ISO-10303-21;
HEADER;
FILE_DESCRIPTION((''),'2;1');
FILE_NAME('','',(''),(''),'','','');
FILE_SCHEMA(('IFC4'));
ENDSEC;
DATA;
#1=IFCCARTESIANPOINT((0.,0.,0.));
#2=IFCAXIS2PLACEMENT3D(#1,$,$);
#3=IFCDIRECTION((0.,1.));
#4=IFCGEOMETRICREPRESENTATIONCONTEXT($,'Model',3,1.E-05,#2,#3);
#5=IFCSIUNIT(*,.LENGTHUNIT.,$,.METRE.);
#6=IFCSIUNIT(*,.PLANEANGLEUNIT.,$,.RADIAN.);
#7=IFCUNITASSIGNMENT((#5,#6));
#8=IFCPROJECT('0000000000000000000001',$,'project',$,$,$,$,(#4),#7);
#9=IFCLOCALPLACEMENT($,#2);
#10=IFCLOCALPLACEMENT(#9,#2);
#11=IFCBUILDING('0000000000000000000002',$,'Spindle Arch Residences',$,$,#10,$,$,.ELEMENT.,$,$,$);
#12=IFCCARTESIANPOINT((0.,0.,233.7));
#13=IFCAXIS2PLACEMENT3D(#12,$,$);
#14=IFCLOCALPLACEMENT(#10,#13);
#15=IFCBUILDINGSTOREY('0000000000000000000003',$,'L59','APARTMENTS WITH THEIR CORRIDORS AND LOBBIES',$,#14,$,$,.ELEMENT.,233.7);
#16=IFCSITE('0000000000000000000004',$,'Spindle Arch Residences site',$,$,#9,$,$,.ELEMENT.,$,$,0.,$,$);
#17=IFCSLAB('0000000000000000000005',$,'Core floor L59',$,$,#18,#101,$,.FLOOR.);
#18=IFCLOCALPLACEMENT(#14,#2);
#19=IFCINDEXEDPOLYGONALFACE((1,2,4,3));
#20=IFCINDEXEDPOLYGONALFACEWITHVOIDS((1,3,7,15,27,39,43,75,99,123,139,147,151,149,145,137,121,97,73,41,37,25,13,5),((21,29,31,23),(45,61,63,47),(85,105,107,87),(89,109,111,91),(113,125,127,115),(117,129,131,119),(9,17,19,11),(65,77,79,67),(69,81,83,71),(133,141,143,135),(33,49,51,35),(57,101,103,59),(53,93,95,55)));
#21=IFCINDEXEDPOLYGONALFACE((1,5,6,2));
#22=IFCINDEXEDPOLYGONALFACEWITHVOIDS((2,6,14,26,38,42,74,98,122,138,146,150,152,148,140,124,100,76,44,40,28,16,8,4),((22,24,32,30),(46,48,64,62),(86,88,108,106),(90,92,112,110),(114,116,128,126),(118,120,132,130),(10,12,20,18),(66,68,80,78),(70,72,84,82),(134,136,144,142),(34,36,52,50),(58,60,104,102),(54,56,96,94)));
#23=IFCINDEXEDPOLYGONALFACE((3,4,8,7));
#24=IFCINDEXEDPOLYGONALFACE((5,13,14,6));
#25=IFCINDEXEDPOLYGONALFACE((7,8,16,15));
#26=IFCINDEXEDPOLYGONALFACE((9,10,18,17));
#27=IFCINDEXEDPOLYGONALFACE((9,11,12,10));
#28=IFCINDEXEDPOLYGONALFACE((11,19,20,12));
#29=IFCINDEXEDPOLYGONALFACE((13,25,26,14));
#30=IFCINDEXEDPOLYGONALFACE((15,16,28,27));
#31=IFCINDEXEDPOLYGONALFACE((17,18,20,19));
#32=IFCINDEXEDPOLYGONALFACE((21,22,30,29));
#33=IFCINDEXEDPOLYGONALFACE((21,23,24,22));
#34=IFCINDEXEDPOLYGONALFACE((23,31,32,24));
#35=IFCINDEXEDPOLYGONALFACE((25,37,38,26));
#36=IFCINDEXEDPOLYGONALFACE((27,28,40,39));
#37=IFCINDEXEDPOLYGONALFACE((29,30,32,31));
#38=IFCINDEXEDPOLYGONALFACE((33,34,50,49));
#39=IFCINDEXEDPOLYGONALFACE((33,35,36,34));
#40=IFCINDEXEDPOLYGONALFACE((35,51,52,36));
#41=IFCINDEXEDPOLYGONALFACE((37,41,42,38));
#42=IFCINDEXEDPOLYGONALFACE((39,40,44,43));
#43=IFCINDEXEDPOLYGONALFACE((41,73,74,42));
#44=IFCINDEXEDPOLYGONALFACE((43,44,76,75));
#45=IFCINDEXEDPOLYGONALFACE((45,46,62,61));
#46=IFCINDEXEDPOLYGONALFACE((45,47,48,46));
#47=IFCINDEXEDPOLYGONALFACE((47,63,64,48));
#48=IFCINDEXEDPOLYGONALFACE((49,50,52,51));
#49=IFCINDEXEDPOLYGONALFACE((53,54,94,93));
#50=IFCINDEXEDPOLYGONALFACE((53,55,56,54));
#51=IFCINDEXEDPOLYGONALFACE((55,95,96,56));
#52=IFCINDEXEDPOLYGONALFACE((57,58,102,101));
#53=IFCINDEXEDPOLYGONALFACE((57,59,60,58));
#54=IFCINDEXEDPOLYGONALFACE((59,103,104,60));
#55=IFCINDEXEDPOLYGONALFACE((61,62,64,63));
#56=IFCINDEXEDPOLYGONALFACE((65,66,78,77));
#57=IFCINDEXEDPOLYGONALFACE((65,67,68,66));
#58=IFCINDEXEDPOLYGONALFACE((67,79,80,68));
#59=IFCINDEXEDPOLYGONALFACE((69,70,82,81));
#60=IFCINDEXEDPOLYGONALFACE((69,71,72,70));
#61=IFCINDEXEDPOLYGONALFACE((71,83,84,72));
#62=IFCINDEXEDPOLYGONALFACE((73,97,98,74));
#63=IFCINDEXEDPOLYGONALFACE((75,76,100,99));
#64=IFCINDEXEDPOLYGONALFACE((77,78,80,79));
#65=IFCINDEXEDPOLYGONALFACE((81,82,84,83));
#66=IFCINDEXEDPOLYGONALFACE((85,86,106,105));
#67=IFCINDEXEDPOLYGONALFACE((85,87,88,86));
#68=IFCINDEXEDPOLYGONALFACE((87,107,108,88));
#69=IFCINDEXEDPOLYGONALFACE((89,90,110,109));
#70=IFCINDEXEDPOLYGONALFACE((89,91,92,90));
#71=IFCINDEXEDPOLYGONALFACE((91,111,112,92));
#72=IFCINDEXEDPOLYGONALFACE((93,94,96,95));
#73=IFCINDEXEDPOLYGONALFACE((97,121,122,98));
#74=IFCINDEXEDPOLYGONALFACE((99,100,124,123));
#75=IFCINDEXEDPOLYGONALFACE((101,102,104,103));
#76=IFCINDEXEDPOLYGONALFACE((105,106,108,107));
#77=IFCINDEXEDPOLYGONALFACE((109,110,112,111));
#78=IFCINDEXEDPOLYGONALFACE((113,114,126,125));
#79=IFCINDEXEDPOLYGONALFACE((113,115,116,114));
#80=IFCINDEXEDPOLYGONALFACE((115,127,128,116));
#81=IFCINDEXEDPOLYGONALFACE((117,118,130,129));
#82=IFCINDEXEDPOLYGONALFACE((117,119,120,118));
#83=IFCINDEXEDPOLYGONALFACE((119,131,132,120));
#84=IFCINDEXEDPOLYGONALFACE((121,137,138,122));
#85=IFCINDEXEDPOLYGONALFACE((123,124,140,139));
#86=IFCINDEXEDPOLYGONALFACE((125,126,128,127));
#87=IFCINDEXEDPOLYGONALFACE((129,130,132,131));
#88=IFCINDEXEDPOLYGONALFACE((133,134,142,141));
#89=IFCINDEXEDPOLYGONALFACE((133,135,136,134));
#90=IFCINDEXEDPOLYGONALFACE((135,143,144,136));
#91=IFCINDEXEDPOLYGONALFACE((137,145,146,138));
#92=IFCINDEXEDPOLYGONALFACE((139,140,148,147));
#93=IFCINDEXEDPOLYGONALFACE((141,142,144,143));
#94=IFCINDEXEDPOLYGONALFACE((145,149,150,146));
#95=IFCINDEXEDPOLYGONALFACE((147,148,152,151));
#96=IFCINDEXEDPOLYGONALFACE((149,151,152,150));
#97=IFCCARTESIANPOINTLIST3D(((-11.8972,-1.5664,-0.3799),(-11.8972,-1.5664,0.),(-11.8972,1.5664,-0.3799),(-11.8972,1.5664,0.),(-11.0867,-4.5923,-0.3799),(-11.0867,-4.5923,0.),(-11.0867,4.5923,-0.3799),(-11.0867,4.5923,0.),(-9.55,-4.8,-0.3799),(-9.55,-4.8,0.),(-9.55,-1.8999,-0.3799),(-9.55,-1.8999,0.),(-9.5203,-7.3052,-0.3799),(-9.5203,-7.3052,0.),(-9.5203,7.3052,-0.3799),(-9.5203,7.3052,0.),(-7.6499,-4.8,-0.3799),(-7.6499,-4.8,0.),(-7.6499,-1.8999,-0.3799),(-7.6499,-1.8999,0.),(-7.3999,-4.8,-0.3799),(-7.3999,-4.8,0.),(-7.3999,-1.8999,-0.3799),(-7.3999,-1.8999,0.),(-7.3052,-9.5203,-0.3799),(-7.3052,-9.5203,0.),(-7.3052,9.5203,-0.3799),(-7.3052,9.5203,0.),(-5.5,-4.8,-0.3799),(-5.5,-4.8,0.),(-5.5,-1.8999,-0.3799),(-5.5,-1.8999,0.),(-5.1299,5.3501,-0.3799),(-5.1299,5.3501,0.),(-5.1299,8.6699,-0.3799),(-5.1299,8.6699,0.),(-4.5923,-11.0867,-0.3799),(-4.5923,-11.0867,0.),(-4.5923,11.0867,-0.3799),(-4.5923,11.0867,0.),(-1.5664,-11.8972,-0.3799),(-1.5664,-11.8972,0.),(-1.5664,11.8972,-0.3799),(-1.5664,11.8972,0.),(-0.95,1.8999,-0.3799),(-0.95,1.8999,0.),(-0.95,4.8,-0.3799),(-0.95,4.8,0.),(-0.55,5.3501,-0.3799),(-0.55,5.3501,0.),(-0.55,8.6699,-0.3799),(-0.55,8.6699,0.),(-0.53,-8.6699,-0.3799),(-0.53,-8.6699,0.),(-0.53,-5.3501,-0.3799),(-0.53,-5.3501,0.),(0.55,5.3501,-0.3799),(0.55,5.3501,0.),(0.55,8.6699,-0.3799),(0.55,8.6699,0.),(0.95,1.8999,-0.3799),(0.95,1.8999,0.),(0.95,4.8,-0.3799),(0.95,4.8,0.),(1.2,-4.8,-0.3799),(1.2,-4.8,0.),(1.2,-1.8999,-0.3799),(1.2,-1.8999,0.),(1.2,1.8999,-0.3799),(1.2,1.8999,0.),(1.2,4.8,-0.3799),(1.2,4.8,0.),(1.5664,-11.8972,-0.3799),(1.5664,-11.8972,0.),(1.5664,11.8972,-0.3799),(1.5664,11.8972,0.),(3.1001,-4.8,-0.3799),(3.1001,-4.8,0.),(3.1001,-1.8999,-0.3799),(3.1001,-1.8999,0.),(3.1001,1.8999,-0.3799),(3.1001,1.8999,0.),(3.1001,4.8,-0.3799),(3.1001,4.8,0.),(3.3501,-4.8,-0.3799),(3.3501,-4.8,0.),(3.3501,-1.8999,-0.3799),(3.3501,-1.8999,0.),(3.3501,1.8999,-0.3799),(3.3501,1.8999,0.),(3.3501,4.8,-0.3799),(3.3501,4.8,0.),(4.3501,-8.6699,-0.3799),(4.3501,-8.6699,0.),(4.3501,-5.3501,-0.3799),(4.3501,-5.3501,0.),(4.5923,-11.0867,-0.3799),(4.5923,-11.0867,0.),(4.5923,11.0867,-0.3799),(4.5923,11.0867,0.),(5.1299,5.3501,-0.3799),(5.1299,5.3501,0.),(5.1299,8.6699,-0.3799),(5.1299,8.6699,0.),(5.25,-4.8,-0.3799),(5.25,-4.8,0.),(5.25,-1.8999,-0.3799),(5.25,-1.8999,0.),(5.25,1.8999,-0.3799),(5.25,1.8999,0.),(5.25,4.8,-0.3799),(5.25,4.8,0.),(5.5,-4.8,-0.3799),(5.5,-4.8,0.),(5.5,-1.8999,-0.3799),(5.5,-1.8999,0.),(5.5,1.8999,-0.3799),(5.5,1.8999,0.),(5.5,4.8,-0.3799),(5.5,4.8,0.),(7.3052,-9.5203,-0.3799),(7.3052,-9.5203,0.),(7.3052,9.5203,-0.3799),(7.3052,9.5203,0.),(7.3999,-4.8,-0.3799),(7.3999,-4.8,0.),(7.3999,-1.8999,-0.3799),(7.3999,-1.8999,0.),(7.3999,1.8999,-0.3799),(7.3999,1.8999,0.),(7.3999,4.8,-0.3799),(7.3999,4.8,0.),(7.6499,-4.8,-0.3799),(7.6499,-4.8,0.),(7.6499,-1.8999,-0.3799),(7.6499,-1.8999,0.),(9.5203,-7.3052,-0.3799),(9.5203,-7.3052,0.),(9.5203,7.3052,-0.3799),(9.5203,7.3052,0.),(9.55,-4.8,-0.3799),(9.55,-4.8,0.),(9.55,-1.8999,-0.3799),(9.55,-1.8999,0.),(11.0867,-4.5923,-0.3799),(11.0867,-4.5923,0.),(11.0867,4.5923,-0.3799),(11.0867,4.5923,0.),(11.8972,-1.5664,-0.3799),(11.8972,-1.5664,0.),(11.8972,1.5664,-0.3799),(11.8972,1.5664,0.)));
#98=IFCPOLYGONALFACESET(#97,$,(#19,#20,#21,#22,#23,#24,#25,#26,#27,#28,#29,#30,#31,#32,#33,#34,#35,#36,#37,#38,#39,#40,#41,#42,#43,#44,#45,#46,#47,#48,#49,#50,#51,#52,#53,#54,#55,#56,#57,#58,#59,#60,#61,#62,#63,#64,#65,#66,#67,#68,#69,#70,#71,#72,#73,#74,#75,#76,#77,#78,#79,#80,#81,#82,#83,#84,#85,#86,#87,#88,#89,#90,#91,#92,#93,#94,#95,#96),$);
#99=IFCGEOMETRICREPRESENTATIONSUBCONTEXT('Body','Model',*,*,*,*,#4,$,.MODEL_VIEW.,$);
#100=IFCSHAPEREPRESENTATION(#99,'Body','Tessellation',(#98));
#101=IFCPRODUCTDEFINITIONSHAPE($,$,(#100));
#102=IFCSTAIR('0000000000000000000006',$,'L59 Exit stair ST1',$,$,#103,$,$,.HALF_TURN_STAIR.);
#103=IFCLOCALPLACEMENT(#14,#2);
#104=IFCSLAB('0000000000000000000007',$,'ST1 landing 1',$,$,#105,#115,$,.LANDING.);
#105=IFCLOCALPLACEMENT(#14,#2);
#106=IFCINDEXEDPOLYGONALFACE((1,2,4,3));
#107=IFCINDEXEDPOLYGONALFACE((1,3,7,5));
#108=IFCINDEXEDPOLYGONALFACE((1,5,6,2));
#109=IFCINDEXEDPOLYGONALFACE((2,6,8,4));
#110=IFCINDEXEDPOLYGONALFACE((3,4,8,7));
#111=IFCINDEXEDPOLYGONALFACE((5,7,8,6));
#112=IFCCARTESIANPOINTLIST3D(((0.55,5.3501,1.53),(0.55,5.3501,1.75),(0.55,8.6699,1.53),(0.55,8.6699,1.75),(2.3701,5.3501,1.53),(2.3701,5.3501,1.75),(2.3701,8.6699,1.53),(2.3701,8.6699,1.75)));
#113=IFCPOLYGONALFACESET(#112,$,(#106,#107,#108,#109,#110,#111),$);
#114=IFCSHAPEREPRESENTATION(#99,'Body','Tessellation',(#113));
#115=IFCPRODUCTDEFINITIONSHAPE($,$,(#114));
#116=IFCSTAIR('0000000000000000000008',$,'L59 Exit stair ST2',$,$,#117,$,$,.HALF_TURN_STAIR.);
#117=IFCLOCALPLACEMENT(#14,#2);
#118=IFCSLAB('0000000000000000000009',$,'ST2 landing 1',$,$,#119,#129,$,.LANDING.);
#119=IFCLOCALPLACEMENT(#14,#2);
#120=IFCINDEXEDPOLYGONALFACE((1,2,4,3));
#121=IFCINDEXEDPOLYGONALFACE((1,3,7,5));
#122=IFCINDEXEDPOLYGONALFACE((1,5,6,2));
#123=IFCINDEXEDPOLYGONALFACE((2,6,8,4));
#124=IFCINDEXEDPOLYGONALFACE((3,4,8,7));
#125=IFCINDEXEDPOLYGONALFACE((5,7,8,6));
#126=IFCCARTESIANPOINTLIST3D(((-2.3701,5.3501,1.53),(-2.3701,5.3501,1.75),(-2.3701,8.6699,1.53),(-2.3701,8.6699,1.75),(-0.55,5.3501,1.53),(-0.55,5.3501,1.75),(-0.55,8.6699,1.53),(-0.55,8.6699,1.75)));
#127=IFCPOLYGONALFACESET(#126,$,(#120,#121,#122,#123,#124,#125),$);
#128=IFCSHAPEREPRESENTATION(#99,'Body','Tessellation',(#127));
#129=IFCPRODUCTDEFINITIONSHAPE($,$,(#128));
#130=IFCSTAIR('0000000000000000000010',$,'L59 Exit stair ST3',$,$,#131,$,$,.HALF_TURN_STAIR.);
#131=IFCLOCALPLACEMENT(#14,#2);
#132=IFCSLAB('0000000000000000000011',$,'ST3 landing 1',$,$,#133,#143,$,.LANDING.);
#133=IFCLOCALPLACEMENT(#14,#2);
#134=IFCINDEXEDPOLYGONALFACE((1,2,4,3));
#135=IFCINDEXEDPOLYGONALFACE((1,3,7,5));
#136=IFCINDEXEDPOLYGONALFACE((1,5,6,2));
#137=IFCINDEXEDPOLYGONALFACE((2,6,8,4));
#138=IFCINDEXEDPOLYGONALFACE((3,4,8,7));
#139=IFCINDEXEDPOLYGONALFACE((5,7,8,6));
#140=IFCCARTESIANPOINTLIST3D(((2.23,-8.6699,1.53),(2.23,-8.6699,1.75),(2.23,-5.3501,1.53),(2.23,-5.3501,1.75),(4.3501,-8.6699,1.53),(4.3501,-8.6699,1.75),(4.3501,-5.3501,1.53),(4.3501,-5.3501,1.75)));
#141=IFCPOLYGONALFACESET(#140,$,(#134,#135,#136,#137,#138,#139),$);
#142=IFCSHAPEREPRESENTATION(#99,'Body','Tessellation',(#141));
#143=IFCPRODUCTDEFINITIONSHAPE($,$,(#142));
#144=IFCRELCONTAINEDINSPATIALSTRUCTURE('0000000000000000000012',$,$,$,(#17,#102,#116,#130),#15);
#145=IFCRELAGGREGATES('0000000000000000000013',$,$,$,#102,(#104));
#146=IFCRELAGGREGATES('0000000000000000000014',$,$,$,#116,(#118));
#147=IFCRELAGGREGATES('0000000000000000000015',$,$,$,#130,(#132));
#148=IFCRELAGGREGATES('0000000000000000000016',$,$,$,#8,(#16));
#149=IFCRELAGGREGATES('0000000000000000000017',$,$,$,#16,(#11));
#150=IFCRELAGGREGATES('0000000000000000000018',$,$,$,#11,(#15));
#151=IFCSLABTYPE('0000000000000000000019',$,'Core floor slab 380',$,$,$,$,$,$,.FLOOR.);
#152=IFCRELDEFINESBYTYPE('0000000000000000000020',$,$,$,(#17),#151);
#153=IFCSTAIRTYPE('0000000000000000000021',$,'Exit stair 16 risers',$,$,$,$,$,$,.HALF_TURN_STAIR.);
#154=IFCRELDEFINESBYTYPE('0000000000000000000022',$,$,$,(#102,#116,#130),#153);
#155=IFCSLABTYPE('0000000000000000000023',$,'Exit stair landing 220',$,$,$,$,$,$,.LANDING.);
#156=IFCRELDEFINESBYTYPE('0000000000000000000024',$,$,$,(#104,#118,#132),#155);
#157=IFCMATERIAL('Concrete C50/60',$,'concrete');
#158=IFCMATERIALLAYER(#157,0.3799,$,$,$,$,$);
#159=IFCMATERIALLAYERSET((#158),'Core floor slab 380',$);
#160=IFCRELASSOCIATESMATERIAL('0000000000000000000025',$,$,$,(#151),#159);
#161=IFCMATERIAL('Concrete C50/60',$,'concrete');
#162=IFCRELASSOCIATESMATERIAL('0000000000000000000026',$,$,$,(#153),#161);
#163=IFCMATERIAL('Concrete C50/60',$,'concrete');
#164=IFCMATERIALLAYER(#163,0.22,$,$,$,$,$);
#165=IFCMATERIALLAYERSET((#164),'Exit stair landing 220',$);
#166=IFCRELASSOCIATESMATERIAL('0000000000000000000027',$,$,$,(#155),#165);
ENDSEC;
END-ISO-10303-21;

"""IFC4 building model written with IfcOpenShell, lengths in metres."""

from ifc_helpers import new_model, si_unit, direction, frame, origin, place, context, subcontext, project, spatial, polyline, outline, extrude, material, layer, layer_set, type_object, element, aggregate, save


model = new_model("IFC4")

# Units and contexts
model_context = context("Model", 3, precision=1e-05, world=origin(), true_north=direction((0.0, 1.0)))
body_context = subcontext(model_context, "Body", "Model", "MODEL_VIEW")
ifc_project = project(units=[si_unit("LENGTHUNIT", "METRE"), si_unit("PLANEANGLEUNIT", "RADIAN")], contexts=[model_context])

# Site, building, storey
site_placement = place(None, origin())
site = spatial("IfcSite", under=ifc_project, at=site_placement, Name="Spindle Arch Residences site", CompositionType="ELEMENT", RefElevation=0.0)
building_placement = place(site_placement, origin())
building = spatial("IfcBuilding", under=site, at=building_placement, Name="Spindle Arch Residences", CompositionType="ELEMENT")
storey_placement = place(building_placement, frame((0.0, 0.0, 233.7)))
storey = spatial("IfcBuildingStorey", under=building, at=storey_placement, Name="L59", Description="APARTMENTS WITH THEIR CORRIDORS AND LOBBIES", CompositionType="ELEMENT", Elevation=233.7)

# Slab
ifc_material_1 = material(Name="Concrete C50/60", Category="concrete")
ifc_layer_1 = layer(ifc_material_1, 0.3799)
ifc_layer_set_1 = layer_set([ifc_layer_1], Name="Core floor slab 380")
slab_type_1 = type_object("IfcSlabType", Name="Core floor slab 380", PredefinedType="FLOOR", material=ifc_layer_set_1)
slab_1_placement = place(storey_placement, frame((0.0, 0.0, -0.3799)))
element("IfcSlab", 1, at=slab_1_placement, inside=storey, type_object=slab_type_1, Name="Core floor L59", PredefinedType="FLOOR", context=body_context, shape_type="SweptSolid", body=[
    extrude(outline(polyline([(1.5664, -11.8972), (4.5923, -11.0867), (7.3052, -9.5203), (9.5203, -7.3052), (11.0867, -4.5923), (11.8972, -1.5664), (11.8972, 1.5664), (11.0867, 4.5923), (9.5203, 7.3052), (7.3052, 9.5203), (4.5923, 11.0867), (1.5664, 11.8972), (-1.5664, 11.8972), (-4.5923, 11.0867), (-7.3052, 9.5203), (-9.5203, 7.3052), (-11.0867, 4.5923), (-11.8972, 1.5664), (-11.8972, -1.5664), (-11.0867, -4.5923), (-9.5203, -7.3052), (-7.3052, -9.5203), (-4.5923, -11.0867), (-1.5664, -11.8972), (1.5664, -11.8972)]), holes=[polyline([(-0.95, 1.8999), (0.95, 1.8999), (0.95, 4.8), (-0.95, 4.8), (-0.95, 1.8999)]), polyline([(1.2, 1.8999), (3.1001, 1.8999), (3.1001, 4.8), (1.2, 4.8), (1.2, 1.8999)]), polyline([(3.3501, 1.8999), (5.25, 1.8999), (5.25, 4.8), (3.3501, 4.8), (3.3501, 1.8999)]), polyline([(5.5, 1.8999), (7.3999, 1.8999), (7.3999, 4.8), (5.5, 4.8), (5.5, 1.8999)]), polyline([(-9.55, -4.8), (-7.6499, -4.8), (-7.6499, -1.8999), (-9.55, -1.8999), (-9.55, -4.8)]), polyline([(-7.3999, -4.8), (-5.5, -4.8), (-5.5, -1.8999), (-7.3999, -1.8999), (-7.3999, -4.8)]), polyline([(1.2, -4.8), (3.1001, -4.8), (3.1001, -1.8999), (1.2, -1.8999), (1.2, -4.8)]), polyline([(3.3501, -4.8), (5.25, -4.8), (5.25, -1.8999), (3.3501, -1.8999), (3.3501, -4.8)]), polyline([(5.5, -4.8), (7.3999, -4.8), (7.3999, -1.8999), (5.5, -1.8999), (5.5, -4.8)]), polyline([(7.6499, -4.8), (9.55, -4.8), (9.55, -1.8999), (7.6499, -1.8999), (7.6499, -4.8)]), polyline([(5.1299, 8.6699), (0.55, 8.6699), (0.55, 5.3501), (5.1299, 5.3501), (5.1299, 8.6699)]), polyline([(-5.1299, 5.3501), (-0.55, 5.3501), (-0.55, 8.6699), (-5.1299, 8.6699), (-5.1299, 5.3501)]), polyline([(-0.53, -8.6699), (4.3501, -8.6699), (4.3501, -5.3501), (-0.53, -5.3501), (-0.53, -8.6699)])]), origin(), (0.0, 0.0, 1.0), 0.3799),
])

# Stairs, slabs
ifc_material_2 = material(Name="Concrete C50/60", Category="concrete")
stair_type = type_object("IfcStairType", Name="Exit stair 16 risers", PredefinedType="HALF_TURN_STAIR", material=ifc_material_2)
stair_1_placement = place(storey_placement, origin())
stair_1 = element("IfcStair", 2, at=stair_1_placement, inside=storey, type_object=stair_type, Name="L59 Exit stair ST1", PredefinedType="HALF_TURN_STAIR")
ifc_material_3 = material(Name="Concrete C50/60", Category="concrete")
ifc_layer_2 = layer(ifc_material_3, 0.22)
ifc_layer_set_2 = layer_set([ifc_layer_2], Name="Exit stair landing 220")
slab_type_2 = type_object("IfcSlabType", Name="Exit stair landing 220", PredefinedType="LANDING", material=ifc_layer_set_2)
slab_2_placement = place(storey_placement, frame((0.0, 0.0, 1.53)))
slab_2 = element("IfcSlab", 3, at=slab_2_placement, type_object=slab_type_2, Name="ST1 landing 1", PredefinedType="LANDING", context=body_context, shape_type="SweptSolid", body=[
    extrude(outline(polyline([(2.3701, 8.6699), (0.55, 8.6699), (0.55, 5.3501), (2.3701, 5.3501), (2.3701, 8.6699)])), origin(), (0.0, 0.0, 1.0), 0.22),
])
aggregate(stair_1, [slab_2])
stair_2_placement = place(storey_placement, origin())
stair_2 = element("IfcStair", 4, at=stair_2_placement, inside=storey, type_object=stair_type, Name="L59 Exit stair ST2", PredefinedType="HALF_TURN_STAIR")
slab_3_placement = place(storey_placement, frame((0.0, 0.0, 1.53)))
slab_3 = element("IfcSlab", 5, at=slab_3_placement, type_object=slab_type_2, Name="ST2 landing 1", PredefinedType="LANDING", context=body_context, shape_type="SweptSolid", body=[
    extrude(outline(polyline([(-2.3701, 5.3501), (-0.55, 5.3501), (-0.55, 8.6699), (-2.3701, 8.6699), (-2.3701, 5.3501)])), origin(), (0.0, 0.0, 1.0), 0.22),
])
aggregate(stair_2, [slab_3])
stair_3_placement = place(storey_placement, origin())
stair_3 = element("IfcStair", 6, at=stair_3_placement, inside=storey, type_object=stair_type, Name="L59 Exit stair ST3", PredefinedType="HALF_TURN_STAIR")
slab_4_placement = place(storey_placement, frame((0.0, 0.0, 1.53)))
slab_4 = element("IfcSlab", 7, at=slab_4_placement, type_object=slab_type_2, Name="ST3 landing 1", PredefinedType="LANDING", context=body_context, shape_type="SweptSolid", body=[
    extrude(outline(polyline([(2.23, -8.6699), (4.3501, -8.6699), (4.3501, -5.3501), (2.23, -5.3501), (2.23, -8.6699)])), origin(), (0.0, 0.0, 1.0), 0.22),
])

aggregate(stair_3, [slab_4])

save(model, "model.ifc")
